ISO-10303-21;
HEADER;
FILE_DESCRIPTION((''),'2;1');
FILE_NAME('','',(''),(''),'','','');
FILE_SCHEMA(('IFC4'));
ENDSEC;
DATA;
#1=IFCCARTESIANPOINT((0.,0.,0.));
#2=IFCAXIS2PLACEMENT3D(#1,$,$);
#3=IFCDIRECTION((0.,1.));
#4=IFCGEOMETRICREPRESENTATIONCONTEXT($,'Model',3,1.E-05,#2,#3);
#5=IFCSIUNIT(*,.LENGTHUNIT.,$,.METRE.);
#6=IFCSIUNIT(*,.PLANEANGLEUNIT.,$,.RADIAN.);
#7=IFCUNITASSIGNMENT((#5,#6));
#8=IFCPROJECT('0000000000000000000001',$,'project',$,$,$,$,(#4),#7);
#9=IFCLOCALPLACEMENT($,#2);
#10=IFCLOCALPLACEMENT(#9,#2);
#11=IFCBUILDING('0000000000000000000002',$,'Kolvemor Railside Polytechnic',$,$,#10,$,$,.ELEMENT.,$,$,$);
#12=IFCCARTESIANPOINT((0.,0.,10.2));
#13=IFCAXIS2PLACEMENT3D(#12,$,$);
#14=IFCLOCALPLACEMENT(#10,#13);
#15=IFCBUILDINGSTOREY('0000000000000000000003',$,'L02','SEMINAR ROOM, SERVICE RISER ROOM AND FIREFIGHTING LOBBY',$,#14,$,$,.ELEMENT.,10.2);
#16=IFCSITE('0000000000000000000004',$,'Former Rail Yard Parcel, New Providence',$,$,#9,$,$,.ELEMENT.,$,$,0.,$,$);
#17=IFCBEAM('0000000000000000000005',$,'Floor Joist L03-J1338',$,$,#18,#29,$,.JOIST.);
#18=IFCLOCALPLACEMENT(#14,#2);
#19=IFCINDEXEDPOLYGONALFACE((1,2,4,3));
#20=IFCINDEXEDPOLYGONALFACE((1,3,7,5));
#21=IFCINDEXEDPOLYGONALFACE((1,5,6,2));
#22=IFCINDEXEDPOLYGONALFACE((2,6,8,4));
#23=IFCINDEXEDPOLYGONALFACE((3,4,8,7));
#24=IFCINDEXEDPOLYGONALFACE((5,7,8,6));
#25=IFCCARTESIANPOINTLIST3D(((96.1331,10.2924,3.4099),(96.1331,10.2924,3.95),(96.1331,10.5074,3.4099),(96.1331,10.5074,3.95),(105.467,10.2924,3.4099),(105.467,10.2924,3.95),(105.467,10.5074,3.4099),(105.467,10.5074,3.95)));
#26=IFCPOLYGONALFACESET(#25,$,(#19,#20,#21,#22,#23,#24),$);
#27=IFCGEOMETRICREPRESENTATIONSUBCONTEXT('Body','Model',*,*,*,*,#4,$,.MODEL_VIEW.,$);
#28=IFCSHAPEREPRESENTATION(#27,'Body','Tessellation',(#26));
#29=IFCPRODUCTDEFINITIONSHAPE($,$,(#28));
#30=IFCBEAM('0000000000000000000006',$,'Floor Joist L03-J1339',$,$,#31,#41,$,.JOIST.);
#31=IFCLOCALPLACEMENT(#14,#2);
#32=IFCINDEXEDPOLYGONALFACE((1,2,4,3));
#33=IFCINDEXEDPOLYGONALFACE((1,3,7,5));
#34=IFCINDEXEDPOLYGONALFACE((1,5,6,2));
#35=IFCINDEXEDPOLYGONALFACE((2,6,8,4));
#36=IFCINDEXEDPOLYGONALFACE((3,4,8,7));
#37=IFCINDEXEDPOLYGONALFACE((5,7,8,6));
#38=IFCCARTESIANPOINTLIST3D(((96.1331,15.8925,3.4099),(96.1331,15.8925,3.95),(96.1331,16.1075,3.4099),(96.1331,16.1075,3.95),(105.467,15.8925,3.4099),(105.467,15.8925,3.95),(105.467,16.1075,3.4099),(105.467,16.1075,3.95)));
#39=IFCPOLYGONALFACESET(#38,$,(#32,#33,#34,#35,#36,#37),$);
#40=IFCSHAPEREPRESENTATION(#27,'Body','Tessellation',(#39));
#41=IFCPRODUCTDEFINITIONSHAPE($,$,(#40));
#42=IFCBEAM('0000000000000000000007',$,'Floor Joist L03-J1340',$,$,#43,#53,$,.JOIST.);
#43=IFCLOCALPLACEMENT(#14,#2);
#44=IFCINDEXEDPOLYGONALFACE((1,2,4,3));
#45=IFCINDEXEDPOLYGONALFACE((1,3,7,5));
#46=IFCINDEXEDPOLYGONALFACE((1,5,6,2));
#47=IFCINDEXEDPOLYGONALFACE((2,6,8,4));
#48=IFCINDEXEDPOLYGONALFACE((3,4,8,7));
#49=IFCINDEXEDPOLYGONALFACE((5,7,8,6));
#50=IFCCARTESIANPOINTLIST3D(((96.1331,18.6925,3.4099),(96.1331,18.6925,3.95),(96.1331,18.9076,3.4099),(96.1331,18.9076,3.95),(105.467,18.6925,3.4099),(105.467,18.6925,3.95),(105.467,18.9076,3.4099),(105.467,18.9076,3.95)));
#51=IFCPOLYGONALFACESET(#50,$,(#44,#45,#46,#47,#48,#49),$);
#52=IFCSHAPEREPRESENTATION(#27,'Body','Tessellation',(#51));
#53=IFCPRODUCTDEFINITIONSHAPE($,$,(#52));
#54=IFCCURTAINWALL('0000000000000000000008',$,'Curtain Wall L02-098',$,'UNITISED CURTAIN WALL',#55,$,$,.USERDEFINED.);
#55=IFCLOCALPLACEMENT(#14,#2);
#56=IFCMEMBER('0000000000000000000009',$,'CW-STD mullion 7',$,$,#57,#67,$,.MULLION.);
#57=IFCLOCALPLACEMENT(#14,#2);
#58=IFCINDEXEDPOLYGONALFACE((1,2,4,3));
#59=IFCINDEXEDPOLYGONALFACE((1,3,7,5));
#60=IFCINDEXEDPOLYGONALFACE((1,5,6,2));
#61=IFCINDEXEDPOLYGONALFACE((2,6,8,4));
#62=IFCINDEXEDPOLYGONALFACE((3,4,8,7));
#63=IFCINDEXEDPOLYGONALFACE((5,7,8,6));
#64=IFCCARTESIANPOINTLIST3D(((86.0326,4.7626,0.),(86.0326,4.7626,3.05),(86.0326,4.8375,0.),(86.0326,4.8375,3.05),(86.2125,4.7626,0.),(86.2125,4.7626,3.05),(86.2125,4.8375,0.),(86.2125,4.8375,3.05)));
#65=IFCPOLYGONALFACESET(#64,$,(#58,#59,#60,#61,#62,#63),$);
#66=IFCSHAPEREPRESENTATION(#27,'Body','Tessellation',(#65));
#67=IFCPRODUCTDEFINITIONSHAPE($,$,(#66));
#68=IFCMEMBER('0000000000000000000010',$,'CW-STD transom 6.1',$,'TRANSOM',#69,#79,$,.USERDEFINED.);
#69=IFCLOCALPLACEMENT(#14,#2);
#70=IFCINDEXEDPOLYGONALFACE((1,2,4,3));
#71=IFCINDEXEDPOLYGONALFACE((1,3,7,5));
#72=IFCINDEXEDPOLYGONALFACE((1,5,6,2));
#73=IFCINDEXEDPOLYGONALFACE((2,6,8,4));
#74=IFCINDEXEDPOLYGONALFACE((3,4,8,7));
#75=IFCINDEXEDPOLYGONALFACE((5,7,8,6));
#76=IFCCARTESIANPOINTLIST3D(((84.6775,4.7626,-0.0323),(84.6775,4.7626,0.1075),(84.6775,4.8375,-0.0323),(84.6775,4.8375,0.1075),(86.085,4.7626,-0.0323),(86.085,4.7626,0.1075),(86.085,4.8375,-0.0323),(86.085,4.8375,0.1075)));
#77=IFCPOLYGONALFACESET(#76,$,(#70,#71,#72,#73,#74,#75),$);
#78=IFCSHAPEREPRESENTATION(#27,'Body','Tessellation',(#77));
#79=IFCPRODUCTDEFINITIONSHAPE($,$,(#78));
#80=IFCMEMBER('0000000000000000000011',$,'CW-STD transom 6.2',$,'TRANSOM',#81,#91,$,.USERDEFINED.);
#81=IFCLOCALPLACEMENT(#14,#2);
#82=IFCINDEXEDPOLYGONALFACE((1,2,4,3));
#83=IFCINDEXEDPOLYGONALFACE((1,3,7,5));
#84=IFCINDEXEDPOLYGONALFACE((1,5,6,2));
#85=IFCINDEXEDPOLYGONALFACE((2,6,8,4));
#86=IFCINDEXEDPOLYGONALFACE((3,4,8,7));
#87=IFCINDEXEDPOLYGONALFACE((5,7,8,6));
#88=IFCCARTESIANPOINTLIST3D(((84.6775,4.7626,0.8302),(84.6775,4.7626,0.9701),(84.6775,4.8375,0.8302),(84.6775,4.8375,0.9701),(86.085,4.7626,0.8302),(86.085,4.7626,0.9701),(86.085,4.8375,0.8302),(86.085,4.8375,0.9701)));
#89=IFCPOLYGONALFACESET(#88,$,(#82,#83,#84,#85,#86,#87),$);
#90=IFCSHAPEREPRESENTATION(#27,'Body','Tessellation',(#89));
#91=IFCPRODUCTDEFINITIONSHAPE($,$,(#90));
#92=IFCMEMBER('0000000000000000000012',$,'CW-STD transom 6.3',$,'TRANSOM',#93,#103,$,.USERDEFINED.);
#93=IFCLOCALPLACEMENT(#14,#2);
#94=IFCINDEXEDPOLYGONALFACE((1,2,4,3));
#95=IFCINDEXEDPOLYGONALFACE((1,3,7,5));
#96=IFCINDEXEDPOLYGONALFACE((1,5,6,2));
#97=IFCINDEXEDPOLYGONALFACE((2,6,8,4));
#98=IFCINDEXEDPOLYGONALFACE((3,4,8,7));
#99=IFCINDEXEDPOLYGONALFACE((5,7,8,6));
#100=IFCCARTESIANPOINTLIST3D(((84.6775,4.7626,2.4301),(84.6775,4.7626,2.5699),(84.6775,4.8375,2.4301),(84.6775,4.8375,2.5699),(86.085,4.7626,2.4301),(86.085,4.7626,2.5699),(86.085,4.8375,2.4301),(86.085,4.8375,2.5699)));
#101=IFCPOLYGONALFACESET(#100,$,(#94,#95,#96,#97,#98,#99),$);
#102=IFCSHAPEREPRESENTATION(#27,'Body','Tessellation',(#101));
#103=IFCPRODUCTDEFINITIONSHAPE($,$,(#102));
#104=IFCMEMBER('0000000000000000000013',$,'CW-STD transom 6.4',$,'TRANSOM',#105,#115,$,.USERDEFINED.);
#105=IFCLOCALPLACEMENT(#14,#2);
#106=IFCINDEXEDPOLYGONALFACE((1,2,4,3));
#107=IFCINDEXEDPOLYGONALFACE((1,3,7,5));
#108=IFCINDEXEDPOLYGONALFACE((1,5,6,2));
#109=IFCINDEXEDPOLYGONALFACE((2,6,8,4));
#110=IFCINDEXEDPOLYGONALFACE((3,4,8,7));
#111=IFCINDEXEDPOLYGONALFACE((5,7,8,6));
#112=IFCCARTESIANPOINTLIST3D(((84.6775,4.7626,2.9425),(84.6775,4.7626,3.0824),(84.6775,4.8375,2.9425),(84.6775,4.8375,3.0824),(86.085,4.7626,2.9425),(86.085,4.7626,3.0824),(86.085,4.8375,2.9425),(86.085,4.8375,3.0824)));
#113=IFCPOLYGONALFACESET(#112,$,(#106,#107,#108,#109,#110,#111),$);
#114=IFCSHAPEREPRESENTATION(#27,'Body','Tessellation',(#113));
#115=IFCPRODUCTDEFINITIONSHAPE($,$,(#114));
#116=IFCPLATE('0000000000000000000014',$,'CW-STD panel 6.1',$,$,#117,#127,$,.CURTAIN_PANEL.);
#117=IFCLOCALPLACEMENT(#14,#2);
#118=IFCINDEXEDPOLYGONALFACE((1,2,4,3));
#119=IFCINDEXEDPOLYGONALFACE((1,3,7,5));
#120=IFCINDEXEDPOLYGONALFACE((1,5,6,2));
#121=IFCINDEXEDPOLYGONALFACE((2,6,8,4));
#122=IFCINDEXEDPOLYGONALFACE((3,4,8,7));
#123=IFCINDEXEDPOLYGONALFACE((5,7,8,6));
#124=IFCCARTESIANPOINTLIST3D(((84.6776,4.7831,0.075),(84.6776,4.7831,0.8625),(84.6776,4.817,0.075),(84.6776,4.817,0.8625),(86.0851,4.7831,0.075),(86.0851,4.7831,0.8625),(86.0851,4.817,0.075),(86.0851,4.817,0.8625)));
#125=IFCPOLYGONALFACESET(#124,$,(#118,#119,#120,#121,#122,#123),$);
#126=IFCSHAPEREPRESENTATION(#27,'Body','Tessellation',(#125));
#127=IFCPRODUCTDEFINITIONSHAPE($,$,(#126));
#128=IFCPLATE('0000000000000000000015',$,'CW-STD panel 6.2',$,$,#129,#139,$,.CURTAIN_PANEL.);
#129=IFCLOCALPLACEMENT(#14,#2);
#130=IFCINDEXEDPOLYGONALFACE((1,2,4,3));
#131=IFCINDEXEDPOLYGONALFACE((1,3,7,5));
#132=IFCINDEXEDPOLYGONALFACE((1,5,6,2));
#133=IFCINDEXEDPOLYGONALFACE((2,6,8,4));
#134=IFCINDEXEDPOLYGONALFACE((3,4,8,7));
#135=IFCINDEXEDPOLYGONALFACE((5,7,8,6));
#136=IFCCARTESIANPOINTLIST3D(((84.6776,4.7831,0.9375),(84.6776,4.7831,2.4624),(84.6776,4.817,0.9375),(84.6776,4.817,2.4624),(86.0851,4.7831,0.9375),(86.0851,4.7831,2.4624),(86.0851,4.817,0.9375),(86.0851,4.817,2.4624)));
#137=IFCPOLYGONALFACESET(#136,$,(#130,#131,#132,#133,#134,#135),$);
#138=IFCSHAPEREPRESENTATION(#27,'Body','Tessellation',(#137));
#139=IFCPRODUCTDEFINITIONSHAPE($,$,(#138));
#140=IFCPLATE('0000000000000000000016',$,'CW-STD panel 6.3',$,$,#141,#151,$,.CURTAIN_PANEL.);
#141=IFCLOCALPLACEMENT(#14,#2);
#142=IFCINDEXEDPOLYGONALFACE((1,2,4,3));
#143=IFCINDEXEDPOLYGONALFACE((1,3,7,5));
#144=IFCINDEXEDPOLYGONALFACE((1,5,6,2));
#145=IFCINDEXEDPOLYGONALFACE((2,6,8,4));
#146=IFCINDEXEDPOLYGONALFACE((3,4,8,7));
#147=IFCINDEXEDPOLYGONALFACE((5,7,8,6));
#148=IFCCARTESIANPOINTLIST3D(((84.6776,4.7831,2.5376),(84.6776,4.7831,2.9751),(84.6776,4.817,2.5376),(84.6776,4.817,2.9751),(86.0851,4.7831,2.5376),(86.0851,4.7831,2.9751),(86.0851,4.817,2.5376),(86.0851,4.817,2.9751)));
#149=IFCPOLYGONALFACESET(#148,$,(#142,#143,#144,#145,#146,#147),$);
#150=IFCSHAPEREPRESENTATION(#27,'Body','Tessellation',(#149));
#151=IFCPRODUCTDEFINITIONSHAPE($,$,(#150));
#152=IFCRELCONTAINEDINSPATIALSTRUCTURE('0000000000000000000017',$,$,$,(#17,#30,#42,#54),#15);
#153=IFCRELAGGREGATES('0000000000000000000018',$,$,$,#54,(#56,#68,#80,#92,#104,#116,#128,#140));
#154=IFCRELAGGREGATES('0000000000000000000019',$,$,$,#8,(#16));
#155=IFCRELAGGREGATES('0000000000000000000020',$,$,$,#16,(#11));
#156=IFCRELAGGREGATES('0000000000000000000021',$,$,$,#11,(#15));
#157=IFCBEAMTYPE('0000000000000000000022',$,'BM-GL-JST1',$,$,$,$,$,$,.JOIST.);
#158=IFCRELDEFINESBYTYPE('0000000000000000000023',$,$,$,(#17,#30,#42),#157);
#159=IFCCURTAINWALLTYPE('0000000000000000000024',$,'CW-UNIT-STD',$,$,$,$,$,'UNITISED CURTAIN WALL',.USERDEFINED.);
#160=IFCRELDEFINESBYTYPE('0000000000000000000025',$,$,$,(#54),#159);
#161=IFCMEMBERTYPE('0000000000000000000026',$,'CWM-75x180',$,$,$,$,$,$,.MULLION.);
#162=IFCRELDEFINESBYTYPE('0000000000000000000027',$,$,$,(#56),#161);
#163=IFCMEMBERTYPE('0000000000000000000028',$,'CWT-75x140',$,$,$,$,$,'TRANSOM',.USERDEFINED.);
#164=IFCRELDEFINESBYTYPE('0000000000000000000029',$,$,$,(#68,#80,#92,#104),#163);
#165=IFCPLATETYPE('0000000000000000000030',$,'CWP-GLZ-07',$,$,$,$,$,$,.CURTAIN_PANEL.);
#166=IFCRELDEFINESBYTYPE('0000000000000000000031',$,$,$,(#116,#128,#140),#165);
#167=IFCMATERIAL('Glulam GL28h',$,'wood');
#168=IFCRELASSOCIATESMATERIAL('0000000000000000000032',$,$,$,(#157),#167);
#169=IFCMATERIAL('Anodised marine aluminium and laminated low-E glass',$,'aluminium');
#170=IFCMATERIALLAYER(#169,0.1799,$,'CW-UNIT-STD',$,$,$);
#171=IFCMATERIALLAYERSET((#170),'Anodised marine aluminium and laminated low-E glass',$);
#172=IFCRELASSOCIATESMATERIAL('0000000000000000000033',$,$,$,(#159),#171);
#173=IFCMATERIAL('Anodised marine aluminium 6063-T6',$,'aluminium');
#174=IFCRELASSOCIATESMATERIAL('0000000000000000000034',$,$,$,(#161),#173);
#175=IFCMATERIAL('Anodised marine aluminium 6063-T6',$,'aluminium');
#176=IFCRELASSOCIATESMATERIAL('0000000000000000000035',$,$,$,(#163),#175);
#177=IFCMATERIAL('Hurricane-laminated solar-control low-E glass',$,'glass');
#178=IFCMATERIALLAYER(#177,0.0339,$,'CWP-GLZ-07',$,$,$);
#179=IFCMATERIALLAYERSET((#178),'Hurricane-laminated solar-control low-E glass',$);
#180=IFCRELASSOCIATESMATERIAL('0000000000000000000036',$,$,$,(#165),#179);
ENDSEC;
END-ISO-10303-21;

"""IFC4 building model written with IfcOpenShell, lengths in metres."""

from ifc_helpers import new_model, si_unit, direction, frame, origin, origin_2d, place, context, subcontext, project, spatial, rectangle, extrude, material, layer, layer_set, material_profile, profile_set, type_object, element, aggregate, save


model = new_model("IFC4")

# Units and contexts
model_context = context("Model", 3, precision=1e-05, world=origin(), true_north=direction((0.0, 1.0)))
body_context = subcontext(model_context, "Body", "Model", "MODEL_VIEW")
ifc_project = project(units=[si_unit("LENGTHUNIT", "METRE"), si_unit("PLANEANGLEUNIT", "RADIAN")], contexts=[model_context])

# Site, building, storey
site_placement = place(None, origin())
site = spatial("IfcSite", under=ifc_project, at=site_placement, Name="Former Rail Yard Parcel, New Providence", CompositionType="ELEMENT", RefElevation=0.0)
building_placement = place(site_placement, origin())
building = spatial("IfcBuilding", under=site, at=building_placement, Name="Kolvemor Railside Polytechnic", CompositionType="ELEMENT")
storey_placement = place(building_placement, frame((0.0, 0.0, 10.2)))
storey = spatial("IfcBuildingStorey", under=building, at=storey_placement, Name="L02", Description="SEMINAR ROOM, SERVICE RISER ROOM AND FIREFIGHTING LOBBY", CompositionType="ELEMENT", Elevation=10.2)

# Beams
ifc_material_1 = material(Name="Glulam GL28h", Category="wood")
ifc_material_profile_1 = material_profile(ifc_material_1, rectangle(XDim=0.2151, YDim=0.54, at=origin_2d()), Name="GL215x540")
ifc_profile_set_1 = profile_set([ifc_material_profile_1], Name="Glulam GL28h")
beam_type_1 = type_object("IfcBeamType", Name="BM-GL-JST1", PredefinedType="JOIST", material=ifc_profile_set_1)
for number, where, z_axis, x_axis, name in (
    (1, (96.1331, 10.3999, 3.6799), (1.0, 0.0, 0.0), (0.0, 1.0, 0.0), "Floor Joist L03-J1338"),
    (2, (96.1331, 16.0, 3.6799), (1.0, 0.0, 0.0), (0.0, 1.0, 0.0), "Floor Joist L03-J1339"),
    (3, (96.1331, 18.8, 3.6799), (1.0, 0.0, 0.0), (0.0, 1.0, 0.0), "Floor Joist L03-J1340"),
):
    element("IfcBeam", number, at=place(storey_placement, frame(where, z_axis=z_axis, x_axis=x_axis)), inside=storey, type_object=beam_type_1, Name=name, PredefinedType="JOIST", context=body_context, shape_type="SweptSolid", body=[
        extrude(rectangle(XDim=0.2151, YDim=0.54, at=origin_2d()), origin(), (0.0, 0.0, 1.0), 9.334),
    ])

# Curtain wall, members, plates
ifc_material_2 = material(Name="Anodised marine aluminium and laminated low-E glass", Category="aluminium")
ifc_layer_1 = layer(ifc_material_2, 0.1799, Name="CW-UNIT-STD")
ifc_layer_set_1 = layer_set([ifc_layer_1], Name="Anodised marine aluminium and laminated low-E glass")
curtain_wall_type = type_object("IfcCurtainWallType", Name="CW-UNIT-STD", ElementType="UNITISED CURTAIN WALL", PredefinedType="USERDEFINED", material=ifc_layer_set_1)
curtain_wall_placement = place(storey_placement, origin())
curtain_wall = element("IfcCurtainWall", 4, at=curtain_wall_placement, inside=storey, type_object=curtain_wall_type, Name="Curtain Wall L02-098", ObjectType="UNITISED CURTAIN WALL", PredefinedType="USERDEFINED")
ifc_material_3 = material(Name="Anodised marine aluminium 6063-T6", Category="aluminium")
ifc_material_profile_2 = material_profile(ifc_material_3, rectangle(XDim=0.075, YDim=0.1799, at=origin_2d()), Name="CW-MUL-75x180")
ifc_profile_set_2 = profile_set([ifc_material_profile_2], Name="Anodised marine aluminium 6063-T6")
member_type_1 = type_object("IfcMemberType", Name="CWM-75x180", PredefinedType="MULLION", material=ifc_profile_set_2)
member_1_placement = place(storey_placement, frame((86.1226, 4.8, 0.0), z_axis=(0.0, 0.0, 1.0), x_axis=(0.0, 1.0, 0.0)))
member_1 = element("IfcMember", 5, at=member_1_placement, type_object=member_type_1, Name="CW-STD mullion 7", PredefinedType="MULLION", context=body_context, shape_type="SweptSolid", body=[
    extrude(rectangle(XDim=0.075, YDim=0.1799, at=origin_2d()), origin(), (0.0, 0.0, 1.0), 3.05),
])
ifc_material_4 = material(Name="Anodised marine aluminium 6063-T6", Category="aluminium")
ifc_material_profile_3 = material_profile(ifc_material_4, rectangle(XDim=0.075, YDim=0.1399, at=origin_2d()), Name="CW-TRN-75x140")
ifc_profile_set_3 = profile_set([ifc_material_profile_3], Name="Anodised marine aluminium 6063-T6")
member_type_2 = type_object("IfcMemberType", Name="CWT-75x140", ElementType="TRANSOM", PredefinedType="USERDEFINED", material=ifc_profile_set_3)
member_2_placement = place(storey_placement, frame((84.6775, 4.8, 0.0376), z_axis=(1.0, 0.0, 0.0), x_axis=(0.0, 1.0, 0.0)))
member_2 = element("IfcMember", 6, at=member_2_placement, type_object=member_type_2, Name="CW-STD transom 6.1", ObjectType="TRANSOM", PredefinedType="USERDEFINED", context=body_context, shape_type="SweptSolid", body=[
    extrude(rectangle(XDim=0.075, YDim=0.1399, at=origin_2d()), origin(), (0.0, 0.0, 1.0), 1.4075),
])
member_3_placement = place(storey_placement, frame((84.6775, 4.8, 0.9001), z_axis=(1.0, 0.0, 0.0), x_axis=(0.0, 1.0, 0.0)))
member_3 = element("IfcMember", 7, at=member_3_placement, type_object=member_type_2, Name="CW-STD transom 6.2", ObjectType="TRANSOM", PredefinedType="USERDEFINED", context=body_context, shape_type="SweptSolid", body=[
    extrude(rectangle(XDim=0.075, YDim=0.1399, at=origin_2d()), origin(), (0.0, 0.0, 1.0), 1.4075),
])
member_4_placement = place(storey_placement, frame((84.6775, 4.8, 2.5), z_axis=(1.0, 0.0, 0.0), x_axis=(0.0, 1.0, 0.0)))
member_4 = element("IfcMember", 8, at=member_4_placement, type_object=member_type_2, Name="CW-STD transom 6.3", ObjectType="TRANSOM", PredefinedType="USERDEFINED", context=body_context, shape_type="SweptSolid", body=[
    extrude(rectangle(XDim=0.075, YDim=0.1399, at=origin_2d()), origin(), (0.0, 0.0, 1.0), 1.4075),
])
member_5_placement = place(storey_placement, frame((84.6775, 4.8, 3.0125), z_axis=(1.0, 0.0, 0.0), x_axis=(0.0, 1.0, 0.0)))
member_5 = element("IfcMember", 9, at=member_5_placement, type_object=member_type_2, Name="CW-STD transom 6.4", ObjectType="TRANSOM", PredefinedType="USERDEFINED", context=body_context, shape_type="SweptSolid", body=[
    extrude(rectangle(XDim=0.075, YDim=0.1399, at=origin_2d()), origin(), (0.0, 0.0, 1.0), 1.4075),
])
ifc_material_5 = material(Name="Hurricane-laminated solar-control low-E glass", Category="glass")
ifc_layer_2 = layer(ifc_material_5, 0.0339, Name="CWP-GLZ-07")
ifc_layer_set_2 = layer_set([ifc_layer_2], Name="Hurricane-laminated solar-control low-E glass")
plate_type = type_object("IfcPlateType", Name="CWP-GLZ-07", PredefinedType="CURTAIN_PANEL", material=ifc_layer_set_2)
plate_1_placement = place(storey_placement, frame((85.3813, 4.8, 0.075), z_axis=(0.0, 0.0, 1.0), x_axis=(1.0, 0.0, 0.0)))
plate_1 = element("IfcPlate", 10, at=plate_1_placement, type_object=plate_type, Name="CW-STD panel 6.1", PredefinedType="CURTAIN_PANEL", context=body_context, shape_type="SweptSolid", body=[
    extrude(rectangle(XDim=1.4075, YDim=0.0339, at=origin_2d()), origin(), (0.0, 0.0, 1.0), 0.7876),
])
plate_2_placement = place(storey_placement, frame((85.3813, 4.8, 0.9375), z_axis=(0.0, 0.0, 1.0), x_axis=(1.0, 0.0, 0.0)))
plate_2 = element("IfcPlate", 11, at=plate_2_placement, type_object=plate_type, Name="CW-STD panel 6.2", PredefinedType="CURTAIN_PANEL", context=body_context, shape_type="SweptSolid", body=[
    extrude(rectangle(XDim=1.4075, YDim=0.0339, at=origin_2d()), origin(), (0.0, 0.0, 1.0), 1.5249),
])
plate_3_placement = place(storey_placement, frame((85.3813, 4.8, 2.5376), z_axis=(0.0, 0.0, 1.0), x_axis=(1.0, 0.0, 0.0)))
plate_3 = element("IfcPlate", 12, at=plate_3_placement, type_object=plate_type, Name="CW-STD panel 6.3", PredefinedType="CURTAIN_PANEL", context=body_context, shape_type="SweptSolid", body=[
    extrude(rectangle(XDim=1.4075, YDim=0.0339, at=origin_2d()), origin(), (0.0, 0.0, 1.0), 0.4375),
])
aggregate(curtain_wall, [member_1, member_2, member_3, member_4, member_5, plate_1, plate_2, plate_3])

save(model, "model.ifc")
